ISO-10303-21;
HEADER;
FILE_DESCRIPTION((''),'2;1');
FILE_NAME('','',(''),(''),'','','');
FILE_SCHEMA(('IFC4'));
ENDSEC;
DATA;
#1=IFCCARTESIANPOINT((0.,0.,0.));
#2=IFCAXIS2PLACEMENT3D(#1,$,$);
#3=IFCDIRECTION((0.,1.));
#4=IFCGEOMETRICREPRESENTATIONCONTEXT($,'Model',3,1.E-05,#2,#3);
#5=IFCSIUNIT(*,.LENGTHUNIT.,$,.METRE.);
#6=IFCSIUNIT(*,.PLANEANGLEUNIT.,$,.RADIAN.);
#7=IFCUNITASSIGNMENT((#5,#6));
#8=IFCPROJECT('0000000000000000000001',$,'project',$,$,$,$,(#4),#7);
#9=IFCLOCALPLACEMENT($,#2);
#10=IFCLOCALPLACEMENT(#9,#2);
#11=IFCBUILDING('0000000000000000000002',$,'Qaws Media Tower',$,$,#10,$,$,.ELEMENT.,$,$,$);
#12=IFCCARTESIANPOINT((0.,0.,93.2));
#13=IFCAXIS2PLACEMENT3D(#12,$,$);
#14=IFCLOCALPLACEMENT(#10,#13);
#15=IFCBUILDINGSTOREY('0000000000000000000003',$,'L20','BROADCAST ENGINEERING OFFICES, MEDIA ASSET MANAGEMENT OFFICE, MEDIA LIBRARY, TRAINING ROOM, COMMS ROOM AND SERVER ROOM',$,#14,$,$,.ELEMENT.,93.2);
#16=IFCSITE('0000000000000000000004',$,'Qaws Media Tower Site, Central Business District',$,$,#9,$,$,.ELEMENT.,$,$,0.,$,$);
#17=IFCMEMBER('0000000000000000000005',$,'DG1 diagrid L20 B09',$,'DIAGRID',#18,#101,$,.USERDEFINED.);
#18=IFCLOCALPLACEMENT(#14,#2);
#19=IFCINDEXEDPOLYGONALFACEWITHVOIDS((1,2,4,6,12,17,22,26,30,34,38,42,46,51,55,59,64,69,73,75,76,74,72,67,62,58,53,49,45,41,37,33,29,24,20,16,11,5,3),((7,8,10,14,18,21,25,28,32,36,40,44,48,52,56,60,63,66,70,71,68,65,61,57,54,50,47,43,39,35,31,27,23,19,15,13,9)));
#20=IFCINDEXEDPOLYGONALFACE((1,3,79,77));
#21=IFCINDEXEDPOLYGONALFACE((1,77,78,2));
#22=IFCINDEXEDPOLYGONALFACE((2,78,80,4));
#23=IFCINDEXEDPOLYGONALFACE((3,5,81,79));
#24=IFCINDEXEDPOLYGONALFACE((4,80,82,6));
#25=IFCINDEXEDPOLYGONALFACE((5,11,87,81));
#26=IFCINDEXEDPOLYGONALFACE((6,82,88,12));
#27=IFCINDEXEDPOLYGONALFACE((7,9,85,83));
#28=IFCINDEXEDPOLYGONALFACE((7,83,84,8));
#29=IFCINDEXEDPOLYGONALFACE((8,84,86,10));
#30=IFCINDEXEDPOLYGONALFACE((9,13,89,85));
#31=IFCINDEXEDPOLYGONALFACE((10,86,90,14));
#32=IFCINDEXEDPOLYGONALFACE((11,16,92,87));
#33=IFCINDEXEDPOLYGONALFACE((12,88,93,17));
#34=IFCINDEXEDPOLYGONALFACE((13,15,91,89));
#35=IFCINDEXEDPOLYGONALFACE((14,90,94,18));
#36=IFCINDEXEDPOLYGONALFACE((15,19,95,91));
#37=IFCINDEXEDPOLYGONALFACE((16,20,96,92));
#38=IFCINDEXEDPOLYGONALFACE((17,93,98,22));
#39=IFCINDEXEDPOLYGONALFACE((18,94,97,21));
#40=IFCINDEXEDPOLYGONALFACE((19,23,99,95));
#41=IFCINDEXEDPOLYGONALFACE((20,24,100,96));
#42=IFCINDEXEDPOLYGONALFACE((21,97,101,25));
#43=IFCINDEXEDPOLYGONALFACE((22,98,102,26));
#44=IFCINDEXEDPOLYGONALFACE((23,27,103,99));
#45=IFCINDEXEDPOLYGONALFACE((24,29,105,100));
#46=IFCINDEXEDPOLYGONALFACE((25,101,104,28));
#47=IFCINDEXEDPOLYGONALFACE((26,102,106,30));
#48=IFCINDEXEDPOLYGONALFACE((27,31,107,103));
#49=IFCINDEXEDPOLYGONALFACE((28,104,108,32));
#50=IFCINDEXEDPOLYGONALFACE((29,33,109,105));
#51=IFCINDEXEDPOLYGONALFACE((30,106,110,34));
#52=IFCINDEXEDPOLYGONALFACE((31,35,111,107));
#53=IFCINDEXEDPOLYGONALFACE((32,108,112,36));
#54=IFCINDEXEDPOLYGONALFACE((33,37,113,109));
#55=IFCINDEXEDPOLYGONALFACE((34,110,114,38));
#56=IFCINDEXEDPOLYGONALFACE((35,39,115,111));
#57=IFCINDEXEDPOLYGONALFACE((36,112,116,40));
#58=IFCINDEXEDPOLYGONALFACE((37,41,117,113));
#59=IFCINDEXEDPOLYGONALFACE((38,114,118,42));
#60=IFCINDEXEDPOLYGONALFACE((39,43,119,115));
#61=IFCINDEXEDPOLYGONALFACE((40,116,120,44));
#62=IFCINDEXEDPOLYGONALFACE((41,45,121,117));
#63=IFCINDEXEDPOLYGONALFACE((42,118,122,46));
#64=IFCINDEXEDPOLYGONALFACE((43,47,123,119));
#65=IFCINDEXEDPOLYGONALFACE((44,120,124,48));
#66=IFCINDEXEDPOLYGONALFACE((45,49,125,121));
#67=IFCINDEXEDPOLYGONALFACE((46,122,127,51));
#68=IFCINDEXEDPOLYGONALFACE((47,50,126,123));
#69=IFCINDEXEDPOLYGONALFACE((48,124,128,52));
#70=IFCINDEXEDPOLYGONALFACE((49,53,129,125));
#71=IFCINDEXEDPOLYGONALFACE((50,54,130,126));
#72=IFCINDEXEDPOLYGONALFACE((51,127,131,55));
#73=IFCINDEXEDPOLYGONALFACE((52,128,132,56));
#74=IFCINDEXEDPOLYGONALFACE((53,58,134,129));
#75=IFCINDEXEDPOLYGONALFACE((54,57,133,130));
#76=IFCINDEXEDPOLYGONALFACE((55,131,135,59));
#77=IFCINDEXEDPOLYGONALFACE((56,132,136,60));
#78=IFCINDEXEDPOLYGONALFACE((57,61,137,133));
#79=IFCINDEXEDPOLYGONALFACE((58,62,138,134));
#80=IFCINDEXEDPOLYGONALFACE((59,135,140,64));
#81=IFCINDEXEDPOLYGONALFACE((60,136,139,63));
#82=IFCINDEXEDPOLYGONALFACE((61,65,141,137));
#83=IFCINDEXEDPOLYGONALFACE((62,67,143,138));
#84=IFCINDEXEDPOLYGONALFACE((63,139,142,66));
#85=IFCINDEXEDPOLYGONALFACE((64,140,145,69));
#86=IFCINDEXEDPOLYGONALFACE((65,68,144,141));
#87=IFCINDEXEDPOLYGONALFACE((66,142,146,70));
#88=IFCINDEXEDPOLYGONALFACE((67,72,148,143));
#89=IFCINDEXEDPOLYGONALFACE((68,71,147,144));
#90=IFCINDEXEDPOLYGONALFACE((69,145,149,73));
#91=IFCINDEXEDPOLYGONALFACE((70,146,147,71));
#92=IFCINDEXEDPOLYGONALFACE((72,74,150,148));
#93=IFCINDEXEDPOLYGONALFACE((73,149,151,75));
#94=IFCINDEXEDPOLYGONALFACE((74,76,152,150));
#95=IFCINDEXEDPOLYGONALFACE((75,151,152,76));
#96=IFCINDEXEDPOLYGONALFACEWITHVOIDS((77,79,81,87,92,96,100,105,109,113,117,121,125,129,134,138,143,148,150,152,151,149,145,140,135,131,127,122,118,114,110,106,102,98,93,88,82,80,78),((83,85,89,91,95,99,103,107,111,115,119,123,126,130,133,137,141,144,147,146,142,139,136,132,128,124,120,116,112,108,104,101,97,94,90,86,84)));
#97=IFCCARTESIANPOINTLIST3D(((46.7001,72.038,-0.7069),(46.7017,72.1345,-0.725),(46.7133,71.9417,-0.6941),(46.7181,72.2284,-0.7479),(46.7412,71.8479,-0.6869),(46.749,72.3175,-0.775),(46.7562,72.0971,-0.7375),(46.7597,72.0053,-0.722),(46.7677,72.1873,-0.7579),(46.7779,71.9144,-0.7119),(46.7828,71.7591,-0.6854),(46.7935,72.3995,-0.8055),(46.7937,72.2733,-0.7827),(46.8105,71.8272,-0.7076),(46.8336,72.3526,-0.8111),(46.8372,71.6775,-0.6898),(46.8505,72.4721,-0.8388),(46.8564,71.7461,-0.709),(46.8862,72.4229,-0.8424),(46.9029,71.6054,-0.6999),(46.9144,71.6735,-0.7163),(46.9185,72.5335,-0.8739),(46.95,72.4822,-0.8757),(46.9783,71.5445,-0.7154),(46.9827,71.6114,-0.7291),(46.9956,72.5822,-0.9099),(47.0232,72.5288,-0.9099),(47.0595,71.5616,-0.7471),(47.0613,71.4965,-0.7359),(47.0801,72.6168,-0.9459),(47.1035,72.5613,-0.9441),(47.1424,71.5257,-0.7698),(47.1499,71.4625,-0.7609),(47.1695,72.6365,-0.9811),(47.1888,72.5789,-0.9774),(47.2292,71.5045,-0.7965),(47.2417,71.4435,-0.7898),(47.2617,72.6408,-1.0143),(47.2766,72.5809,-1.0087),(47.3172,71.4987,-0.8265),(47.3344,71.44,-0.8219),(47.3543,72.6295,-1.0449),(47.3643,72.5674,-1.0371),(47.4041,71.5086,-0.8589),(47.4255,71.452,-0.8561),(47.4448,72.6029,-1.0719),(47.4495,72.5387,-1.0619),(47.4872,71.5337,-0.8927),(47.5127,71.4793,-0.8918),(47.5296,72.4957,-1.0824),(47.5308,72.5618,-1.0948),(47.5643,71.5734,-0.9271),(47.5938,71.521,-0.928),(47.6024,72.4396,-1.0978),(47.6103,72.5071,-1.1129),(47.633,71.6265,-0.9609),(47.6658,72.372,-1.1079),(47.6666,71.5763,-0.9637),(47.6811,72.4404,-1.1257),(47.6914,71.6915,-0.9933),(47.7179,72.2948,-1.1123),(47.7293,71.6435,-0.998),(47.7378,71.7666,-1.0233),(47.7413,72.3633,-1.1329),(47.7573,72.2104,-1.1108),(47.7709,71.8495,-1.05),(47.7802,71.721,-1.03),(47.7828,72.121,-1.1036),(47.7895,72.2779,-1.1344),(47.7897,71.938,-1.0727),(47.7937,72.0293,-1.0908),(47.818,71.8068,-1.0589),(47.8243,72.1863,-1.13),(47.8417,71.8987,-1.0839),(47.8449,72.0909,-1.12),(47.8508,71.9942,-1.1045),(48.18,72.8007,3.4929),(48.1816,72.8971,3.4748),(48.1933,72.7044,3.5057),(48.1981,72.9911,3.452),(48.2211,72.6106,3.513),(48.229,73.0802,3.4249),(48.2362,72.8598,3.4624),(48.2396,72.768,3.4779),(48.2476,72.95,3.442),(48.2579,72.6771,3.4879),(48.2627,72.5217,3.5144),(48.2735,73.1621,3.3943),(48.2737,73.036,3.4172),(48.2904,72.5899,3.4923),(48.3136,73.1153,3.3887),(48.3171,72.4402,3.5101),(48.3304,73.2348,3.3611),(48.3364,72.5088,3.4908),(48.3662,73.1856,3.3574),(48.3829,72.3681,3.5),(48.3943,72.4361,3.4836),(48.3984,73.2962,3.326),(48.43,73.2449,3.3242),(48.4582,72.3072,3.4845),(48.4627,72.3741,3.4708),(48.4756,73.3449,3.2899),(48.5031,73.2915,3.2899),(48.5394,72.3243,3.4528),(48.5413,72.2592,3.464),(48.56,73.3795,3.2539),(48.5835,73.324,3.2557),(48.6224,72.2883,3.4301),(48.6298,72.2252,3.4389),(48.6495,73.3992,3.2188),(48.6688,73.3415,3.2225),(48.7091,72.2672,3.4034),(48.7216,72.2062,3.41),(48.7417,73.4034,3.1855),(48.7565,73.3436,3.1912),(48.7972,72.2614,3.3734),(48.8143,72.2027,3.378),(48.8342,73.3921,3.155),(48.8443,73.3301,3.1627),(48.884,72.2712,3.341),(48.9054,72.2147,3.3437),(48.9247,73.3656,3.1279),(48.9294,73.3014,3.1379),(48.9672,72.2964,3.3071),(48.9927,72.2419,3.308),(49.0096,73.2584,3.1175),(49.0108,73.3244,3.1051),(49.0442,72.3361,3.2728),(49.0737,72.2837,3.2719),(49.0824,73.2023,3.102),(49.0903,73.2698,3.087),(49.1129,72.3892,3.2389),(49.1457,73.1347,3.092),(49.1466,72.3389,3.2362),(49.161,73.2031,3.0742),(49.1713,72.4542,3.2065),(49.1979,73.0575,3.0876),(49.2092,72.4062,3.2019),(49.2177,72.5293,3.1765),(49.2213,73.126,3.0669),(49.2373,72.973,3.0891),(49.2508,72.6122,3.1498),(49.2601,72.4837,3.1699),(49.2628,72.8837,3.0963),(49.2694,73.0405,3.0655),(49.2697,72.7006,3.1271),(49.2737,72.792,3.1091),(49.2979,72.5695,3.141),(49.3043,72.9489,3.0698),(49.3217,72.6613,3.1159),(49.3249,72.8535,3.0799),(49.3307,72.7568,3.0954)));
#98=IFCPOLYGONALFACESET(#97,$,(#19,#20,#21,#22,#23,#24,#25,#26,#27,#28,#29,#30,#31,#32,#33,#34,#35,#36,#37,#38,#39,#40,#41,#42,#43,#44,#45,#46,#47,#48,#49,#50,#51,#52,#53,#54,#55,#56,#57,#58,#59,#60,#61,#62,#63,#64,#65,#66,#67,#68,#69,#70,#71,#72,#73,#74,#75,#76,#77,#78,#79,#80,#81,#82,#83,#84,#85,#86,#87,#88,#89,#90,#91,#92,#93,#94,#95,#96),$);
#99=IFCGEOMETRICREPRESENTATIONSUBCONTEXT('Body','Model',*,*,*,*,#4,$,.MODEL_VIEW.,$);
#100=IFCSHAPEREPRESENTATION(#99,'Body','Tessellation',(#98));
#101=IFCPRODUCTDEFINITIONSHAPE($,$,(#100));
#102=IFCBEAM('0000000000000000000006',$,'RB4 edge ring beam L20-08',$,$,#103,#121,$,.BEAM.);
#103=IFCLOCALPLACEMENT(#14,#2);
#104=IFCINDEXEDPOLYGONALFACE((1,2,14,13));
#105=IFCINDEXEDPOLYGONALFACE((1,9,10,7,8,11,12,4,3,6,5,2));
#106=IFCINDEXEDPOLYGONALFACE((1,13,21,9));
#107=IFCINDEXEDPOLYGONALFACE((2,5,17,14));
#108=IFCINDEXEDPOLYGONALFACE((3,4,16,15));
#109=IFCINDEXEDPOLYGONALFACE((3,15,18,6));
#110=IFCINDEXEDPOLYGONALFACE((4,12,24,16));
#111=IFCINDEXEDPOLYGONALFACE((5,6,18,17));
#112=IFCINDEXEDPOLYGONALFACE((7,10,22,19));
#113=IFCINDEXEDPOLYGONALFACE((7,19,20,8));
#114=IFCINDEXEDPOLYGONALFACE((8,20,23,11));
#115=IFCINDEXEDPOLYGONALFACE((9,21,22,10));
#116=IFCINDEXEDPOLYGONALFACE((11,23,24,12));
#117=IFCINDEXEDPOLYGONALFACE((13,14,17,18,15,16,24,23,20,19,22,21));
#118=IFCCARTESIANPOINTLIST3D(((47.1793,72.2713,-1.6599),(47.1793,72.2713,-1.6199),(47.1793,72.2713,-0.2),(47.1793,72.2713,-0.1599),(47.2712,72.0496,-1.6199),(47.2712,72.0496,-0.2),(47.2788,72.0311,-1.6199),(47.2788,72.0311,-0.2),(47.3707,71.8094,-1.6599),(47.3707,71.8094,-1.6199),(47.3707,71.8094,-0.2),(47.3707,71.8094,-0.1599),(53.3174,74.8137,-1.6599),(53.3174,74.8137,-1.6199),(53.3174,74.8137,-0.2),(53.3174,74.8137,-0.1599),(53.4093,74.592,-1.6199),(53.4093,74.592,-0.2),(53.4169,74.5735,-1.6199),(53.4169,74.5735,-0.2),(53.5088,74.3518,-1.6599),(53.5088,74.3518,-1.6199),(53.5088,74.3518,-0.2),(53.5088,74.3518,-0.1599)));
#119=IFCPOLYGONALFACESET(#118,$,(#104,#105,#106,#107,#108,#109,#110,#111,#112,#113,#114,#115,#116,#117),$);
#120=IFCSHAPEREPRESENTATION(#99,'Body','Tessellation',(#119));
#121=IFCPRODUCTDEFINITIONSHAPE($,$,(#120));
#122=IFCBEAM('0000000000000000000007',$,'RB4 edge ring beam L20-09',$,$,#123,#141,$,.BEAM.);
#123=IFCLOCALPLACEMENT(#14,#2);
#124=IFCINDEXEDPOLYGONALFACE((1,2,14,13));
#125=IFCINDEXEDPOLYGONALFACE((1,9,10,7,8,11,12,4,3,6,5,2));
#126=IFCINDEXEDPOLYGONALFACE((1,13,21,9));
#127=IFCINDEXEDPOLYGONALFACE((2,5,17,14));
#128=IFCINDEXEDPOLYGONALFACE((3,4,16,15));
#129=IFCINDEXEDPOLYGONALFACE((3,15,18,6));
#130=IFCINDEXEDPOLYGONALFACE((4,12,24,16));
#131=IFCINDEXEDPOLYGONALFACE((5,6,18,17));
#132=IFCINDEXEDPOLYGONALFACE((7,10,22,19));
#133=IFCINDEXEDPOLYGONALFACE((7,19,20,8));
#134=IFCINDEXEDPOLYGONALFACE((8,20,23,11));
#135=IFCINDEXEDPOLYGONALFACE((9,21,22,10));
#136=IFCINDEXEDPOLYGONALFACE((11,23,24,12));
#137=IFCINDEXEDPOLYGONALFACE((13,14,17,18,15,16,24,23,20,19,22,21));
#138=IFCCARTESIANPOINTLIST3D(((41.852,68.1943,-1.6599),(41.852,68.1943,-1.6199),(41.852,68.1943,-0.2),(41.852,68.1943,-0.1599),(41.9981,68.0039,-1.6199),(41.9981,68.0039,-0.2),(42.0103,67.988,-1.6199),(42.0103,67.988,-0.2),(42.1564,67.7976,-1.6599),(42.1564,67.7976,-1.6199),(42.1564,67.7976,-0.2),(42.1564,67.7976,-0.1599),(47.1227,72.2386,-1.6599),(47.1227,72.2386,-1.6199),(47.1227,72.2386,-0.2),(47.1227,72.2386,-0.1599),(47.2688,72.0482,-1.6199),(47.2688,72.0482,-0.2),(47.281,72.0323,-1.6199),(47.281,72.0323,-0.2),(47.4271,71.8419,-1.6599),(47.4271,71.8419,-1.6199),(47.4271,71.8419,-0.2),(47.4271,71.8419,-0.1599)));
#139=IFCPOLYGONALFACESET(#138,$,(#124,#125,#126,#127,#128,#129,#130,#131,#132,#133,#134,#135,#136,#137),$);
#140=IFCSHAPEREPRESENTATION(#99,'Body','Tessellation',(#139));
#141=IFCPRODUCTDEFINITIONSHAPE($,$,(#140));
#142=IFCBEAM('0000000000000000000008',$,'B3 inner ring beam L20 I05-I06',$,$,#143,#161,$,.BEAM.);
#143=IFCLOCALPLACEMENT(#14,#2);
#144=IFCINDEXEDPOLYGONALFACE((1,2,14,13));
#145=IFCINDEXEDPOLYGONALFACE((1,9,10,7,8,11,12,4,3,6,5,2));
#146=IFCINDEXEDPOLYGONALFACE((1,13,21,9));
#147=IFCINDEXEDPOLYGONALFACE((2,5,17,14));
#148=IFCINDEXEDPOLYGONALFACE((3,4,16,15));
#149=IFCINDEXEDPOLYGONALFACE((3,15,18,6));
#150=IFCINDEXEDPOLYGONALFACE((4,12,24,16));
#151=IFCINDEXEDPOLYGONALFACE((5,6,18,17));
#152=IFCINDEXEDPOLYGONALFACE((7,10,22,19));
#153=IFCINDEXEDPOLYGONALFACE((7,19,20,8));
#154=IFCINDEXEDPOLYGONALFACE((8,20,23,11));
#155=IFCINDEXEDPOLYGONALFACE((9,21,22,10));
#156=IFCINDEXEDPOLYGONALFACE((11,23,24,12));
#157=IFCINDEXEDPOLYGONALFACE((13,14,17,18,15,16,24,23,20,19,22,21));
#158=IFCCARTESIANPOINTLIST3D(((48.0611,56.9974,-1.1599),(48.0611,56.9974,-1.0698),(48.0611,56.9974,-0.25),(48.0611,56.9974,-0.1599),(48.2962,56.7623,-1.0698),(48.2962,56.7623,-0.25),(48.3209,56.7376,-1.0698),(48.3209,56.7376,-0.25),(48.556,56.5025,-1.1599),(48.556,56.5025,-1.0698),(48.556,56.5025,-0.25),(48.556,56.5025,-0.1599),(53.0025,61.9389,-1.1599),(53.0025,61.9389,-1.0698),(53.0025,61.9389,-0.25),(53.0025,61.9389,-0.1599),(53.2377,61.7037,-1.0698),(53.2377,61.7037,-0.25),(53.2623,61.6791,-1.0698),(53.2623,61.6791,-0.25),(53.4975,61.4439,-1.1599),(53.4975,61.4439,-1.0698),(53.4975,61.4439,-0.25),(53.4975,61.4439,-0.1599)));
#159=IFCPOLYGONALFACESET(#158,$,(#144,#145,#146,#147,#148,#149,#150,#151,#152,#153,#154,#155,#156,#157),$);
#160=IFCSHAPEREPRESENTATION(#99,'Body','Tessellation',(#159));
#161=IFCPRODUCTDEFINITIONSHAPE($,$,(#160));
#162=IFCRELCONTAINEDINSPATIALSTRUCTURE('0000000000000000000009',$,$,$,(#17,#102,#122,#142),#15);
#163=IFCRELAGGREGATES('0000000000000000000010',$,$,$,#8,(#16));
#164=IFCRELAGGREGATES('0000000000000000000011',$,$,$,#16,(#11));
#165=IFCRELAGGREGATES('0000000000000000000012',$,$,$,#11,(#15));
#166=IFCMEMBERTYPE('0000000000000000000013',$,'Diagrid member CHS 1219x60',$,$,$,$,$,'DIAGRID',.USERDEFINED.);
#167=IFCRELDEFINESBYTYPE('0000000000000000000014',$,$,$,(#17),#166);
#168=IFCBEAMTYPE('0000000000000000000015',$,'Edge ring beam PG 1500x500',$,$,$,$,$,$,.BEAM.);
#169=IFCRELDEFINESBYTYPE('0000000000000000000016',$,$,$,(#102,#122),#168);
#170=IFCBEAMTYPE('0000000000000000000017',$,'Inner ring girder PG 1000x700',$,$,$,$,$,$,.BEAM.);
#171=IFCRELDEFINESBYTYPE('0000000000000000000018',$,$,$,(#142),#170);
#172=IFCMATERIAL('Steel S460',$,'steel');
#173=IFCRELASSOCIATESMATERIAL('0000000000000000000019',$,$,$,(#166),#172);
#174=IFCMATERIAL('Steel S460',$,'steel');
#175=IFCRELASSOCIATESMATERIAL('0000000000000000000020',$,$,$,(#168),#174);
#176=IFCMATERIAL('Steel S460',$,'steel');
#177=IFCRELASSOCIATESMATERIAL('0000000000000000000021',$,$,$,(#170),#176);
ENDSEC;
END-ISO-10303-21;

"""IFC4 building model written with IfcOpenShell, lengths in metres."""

from ifc_helpers import new_model, si_unit, direction, frame, origin, origin_2d, place, context, subcontext, project, spatial, hollow_circle, i_section, extrude, material, material_profile, profile_set, type_object, element, save


model = new_model("IFC4")

# Units and contexts
model_context = context("Model", 3, precision=1e-05, world=origin(), true_north=direction((0.0, 1.0)))
body_context = subcontext(model_context, "Body", "Model", "MODEL_VIEW")
ifc_project = project(units=[si_unit("LENGTHUNIT", "METRE"), si_unit("PLANEANGLEUNIT", "RADIAN")], contexts=[model_context])

# Site, building, storey
site_placement = place(None, origin())
site = spatial("IfcSite", under=ifc_project, at=site_placement, Name="Qaws Media Tower Site, Central Business District", CompositionType="ELEMENT", RefElevation=0.0)
building_placement = place(site_placement, origin())
building = spatial("IfcBuilding", under=site, at=building_placement, Name="Qaws Media Tower", CompositionType="ELEMENT")
storey_placement = place(building_placement, frame((0.0, 0.0, 93.2)))
storey = spatial("IfcBuildingStorey", under=building, at=storey_placement, Name="L20", Description="BROADCAST ENGINEERING OFFICES, MEDIA ASSET MANAGEMENT OFFICE, MEDIA LIBRARY, TRAINING ROOM, COMMS ROOM AND SERVER ROOM", CompositionType="ELEMENT", Elevation=93.2)

# Member
ifc_material_1 = material(Name="Steel S460", Category="steel")
ifc_material_profile_1 = material_profile(ifc_material_1, hollow_circle(Radius=0.6096, WallThickness=0.0601, at=origin_2d()), Name="CHS 1219x60")
ifc_profile_set_1 = profile_set([ifc_material_profile_1], Name="Steel S460")
member_type_1 = type_object("IfcMemberType", Name="Diagrid member CHS 1219x60", ElementType="DIAGRID", PredefinedType="USERDEFINED", material=ifc_profile_set_1)
for number, where, z_axis, x_axis, name in (
    (1, (47.2749, 72.0403, -0.9099), (0.32758, 0.168815, 0.92962), (-0.45809, 0.888906, 0.0), "DG1 diagrid L20 B09"),
):
    element("IfcMember", number, at=place(storey_placement, frame(where, z_axis=z_axis, x_axis=x_axis)), inside=storey, type_object=member_type_1, Name=name, ObjectType="DIAGRID", PredefinedType="USERDEFINED", context=body_context, shape_type="SweptSolid", body=[
        extrude(hollow_circle(Radius=0.6096, WallThickness=0.0601, at=origin_2d()), origin(), (0.0, 0.0, 1.0), 4.5178),
    ])

# Beams
ifc_material_2 = material(Name="Steel S460", Category="steel")
ifc_material_profile_2 = material_profile(ifc_material_2, i_section(OverallWidth=0.5, OverallDepth=1.5, WebThickness=0.02, FlangeThickness=0.04, at=origin_2d()), Name="PG 1500x500")
ifc_profile_set_2 = profile_set([ifc_material_profile_2], Name="Steel S460")
beam_type_1 = type_object("IfcBeamType", Name="Edge ring beam PG 1500x500", PredefinedType="BEAM", material=ifc_profile_set_2)
beam_1_placement = place(storey_placement, frame((53.4131, 74.5828, -0.9099), z_axis=(-0.923882, -0.382678, 0.0), x_axis=(0.382678, -0.923882, 0.0)))
element("IfcBeam", 2, at=beam_1_placement, inside=storey, type_object=beam_type_1, Name="RB4 edge ring beam L20-08", PredefinedType="BEAM", context=body_context, shape_type="SweptSolid", body=[
    extrude(i_section(OverallWidth=0.5, OverallDepth=1.5, WebThickness=0.02, FlangeThickness=0.04, at=origin_2d()), origin(), (0.0, 0.0, 1.0), 6.6438),
])
beam_2_placement = place(storey_placement, frame((47.2749, 72.0403, -0.9099), z_axis=(-0.79335, -0.608766, 0.0), x_axis=(0.608766, -0.79335, 0.0)))
element("IfcBeam", 3, at=beam_2_placement, inside=storey, type_object=beam_type_1, Name="RB4 edge ring beam L20-09", PredefinedType="BEAM", context=body_context, shape_type="SweptSolid", body=[
    extrude(i_section(OverallWidth=0.5, OverallDepth=1.5, WebThickness=0.02, FlangeThickness=0.04, at=origin_2d()), origin(), (0.0, 0.0, 1.0), 6.6436),
])
ifc_material_3 = material(Name="Steel S460", Category="steel")
ifc_material_profile_3 = material_profile(ifc_material_3, i_section(OverallWidth=0.7, OverallDepth=1.0, WebThickness=0.0349, FlangeThickness=0.0901, at=origin_2d()), Name="PG 1000x700")
ifc_profile_set_3 = profile_set([ifc_material_profile_3], Name="Steel S460")
beam_type_2 = type_object("IfcBeamType", Name="Inner ring girder PG 1000x700", PredefinedType="BEAM", material=ifc_profile_set_3)
beam_3_placement = place(storey_placement, frame((53.25, 61.6914, -0.6599), z_axis=(-0.707107, -0.707107, 0.0), x_axis=(0.707107, -0.707107, 0.0)))
element("IfcBeam", 4, at=beam_3_placement, inside=storey, type_object=beam_type_2, Name="B3 inner ring beam L20 I05-I06", PredefinedType="BEAM", context=body_context, shape_type="SweptSolid", body=[
    extrude(i_section(OverallWidth=0.7, OverallDepth=1.0, WebThickness=0.0349, FlangeThickness=0.0901, at=origin_2d()), origin(), (0.0, 0.0, 1.0), 6.9883),
])

save(model, "model.ifc")
